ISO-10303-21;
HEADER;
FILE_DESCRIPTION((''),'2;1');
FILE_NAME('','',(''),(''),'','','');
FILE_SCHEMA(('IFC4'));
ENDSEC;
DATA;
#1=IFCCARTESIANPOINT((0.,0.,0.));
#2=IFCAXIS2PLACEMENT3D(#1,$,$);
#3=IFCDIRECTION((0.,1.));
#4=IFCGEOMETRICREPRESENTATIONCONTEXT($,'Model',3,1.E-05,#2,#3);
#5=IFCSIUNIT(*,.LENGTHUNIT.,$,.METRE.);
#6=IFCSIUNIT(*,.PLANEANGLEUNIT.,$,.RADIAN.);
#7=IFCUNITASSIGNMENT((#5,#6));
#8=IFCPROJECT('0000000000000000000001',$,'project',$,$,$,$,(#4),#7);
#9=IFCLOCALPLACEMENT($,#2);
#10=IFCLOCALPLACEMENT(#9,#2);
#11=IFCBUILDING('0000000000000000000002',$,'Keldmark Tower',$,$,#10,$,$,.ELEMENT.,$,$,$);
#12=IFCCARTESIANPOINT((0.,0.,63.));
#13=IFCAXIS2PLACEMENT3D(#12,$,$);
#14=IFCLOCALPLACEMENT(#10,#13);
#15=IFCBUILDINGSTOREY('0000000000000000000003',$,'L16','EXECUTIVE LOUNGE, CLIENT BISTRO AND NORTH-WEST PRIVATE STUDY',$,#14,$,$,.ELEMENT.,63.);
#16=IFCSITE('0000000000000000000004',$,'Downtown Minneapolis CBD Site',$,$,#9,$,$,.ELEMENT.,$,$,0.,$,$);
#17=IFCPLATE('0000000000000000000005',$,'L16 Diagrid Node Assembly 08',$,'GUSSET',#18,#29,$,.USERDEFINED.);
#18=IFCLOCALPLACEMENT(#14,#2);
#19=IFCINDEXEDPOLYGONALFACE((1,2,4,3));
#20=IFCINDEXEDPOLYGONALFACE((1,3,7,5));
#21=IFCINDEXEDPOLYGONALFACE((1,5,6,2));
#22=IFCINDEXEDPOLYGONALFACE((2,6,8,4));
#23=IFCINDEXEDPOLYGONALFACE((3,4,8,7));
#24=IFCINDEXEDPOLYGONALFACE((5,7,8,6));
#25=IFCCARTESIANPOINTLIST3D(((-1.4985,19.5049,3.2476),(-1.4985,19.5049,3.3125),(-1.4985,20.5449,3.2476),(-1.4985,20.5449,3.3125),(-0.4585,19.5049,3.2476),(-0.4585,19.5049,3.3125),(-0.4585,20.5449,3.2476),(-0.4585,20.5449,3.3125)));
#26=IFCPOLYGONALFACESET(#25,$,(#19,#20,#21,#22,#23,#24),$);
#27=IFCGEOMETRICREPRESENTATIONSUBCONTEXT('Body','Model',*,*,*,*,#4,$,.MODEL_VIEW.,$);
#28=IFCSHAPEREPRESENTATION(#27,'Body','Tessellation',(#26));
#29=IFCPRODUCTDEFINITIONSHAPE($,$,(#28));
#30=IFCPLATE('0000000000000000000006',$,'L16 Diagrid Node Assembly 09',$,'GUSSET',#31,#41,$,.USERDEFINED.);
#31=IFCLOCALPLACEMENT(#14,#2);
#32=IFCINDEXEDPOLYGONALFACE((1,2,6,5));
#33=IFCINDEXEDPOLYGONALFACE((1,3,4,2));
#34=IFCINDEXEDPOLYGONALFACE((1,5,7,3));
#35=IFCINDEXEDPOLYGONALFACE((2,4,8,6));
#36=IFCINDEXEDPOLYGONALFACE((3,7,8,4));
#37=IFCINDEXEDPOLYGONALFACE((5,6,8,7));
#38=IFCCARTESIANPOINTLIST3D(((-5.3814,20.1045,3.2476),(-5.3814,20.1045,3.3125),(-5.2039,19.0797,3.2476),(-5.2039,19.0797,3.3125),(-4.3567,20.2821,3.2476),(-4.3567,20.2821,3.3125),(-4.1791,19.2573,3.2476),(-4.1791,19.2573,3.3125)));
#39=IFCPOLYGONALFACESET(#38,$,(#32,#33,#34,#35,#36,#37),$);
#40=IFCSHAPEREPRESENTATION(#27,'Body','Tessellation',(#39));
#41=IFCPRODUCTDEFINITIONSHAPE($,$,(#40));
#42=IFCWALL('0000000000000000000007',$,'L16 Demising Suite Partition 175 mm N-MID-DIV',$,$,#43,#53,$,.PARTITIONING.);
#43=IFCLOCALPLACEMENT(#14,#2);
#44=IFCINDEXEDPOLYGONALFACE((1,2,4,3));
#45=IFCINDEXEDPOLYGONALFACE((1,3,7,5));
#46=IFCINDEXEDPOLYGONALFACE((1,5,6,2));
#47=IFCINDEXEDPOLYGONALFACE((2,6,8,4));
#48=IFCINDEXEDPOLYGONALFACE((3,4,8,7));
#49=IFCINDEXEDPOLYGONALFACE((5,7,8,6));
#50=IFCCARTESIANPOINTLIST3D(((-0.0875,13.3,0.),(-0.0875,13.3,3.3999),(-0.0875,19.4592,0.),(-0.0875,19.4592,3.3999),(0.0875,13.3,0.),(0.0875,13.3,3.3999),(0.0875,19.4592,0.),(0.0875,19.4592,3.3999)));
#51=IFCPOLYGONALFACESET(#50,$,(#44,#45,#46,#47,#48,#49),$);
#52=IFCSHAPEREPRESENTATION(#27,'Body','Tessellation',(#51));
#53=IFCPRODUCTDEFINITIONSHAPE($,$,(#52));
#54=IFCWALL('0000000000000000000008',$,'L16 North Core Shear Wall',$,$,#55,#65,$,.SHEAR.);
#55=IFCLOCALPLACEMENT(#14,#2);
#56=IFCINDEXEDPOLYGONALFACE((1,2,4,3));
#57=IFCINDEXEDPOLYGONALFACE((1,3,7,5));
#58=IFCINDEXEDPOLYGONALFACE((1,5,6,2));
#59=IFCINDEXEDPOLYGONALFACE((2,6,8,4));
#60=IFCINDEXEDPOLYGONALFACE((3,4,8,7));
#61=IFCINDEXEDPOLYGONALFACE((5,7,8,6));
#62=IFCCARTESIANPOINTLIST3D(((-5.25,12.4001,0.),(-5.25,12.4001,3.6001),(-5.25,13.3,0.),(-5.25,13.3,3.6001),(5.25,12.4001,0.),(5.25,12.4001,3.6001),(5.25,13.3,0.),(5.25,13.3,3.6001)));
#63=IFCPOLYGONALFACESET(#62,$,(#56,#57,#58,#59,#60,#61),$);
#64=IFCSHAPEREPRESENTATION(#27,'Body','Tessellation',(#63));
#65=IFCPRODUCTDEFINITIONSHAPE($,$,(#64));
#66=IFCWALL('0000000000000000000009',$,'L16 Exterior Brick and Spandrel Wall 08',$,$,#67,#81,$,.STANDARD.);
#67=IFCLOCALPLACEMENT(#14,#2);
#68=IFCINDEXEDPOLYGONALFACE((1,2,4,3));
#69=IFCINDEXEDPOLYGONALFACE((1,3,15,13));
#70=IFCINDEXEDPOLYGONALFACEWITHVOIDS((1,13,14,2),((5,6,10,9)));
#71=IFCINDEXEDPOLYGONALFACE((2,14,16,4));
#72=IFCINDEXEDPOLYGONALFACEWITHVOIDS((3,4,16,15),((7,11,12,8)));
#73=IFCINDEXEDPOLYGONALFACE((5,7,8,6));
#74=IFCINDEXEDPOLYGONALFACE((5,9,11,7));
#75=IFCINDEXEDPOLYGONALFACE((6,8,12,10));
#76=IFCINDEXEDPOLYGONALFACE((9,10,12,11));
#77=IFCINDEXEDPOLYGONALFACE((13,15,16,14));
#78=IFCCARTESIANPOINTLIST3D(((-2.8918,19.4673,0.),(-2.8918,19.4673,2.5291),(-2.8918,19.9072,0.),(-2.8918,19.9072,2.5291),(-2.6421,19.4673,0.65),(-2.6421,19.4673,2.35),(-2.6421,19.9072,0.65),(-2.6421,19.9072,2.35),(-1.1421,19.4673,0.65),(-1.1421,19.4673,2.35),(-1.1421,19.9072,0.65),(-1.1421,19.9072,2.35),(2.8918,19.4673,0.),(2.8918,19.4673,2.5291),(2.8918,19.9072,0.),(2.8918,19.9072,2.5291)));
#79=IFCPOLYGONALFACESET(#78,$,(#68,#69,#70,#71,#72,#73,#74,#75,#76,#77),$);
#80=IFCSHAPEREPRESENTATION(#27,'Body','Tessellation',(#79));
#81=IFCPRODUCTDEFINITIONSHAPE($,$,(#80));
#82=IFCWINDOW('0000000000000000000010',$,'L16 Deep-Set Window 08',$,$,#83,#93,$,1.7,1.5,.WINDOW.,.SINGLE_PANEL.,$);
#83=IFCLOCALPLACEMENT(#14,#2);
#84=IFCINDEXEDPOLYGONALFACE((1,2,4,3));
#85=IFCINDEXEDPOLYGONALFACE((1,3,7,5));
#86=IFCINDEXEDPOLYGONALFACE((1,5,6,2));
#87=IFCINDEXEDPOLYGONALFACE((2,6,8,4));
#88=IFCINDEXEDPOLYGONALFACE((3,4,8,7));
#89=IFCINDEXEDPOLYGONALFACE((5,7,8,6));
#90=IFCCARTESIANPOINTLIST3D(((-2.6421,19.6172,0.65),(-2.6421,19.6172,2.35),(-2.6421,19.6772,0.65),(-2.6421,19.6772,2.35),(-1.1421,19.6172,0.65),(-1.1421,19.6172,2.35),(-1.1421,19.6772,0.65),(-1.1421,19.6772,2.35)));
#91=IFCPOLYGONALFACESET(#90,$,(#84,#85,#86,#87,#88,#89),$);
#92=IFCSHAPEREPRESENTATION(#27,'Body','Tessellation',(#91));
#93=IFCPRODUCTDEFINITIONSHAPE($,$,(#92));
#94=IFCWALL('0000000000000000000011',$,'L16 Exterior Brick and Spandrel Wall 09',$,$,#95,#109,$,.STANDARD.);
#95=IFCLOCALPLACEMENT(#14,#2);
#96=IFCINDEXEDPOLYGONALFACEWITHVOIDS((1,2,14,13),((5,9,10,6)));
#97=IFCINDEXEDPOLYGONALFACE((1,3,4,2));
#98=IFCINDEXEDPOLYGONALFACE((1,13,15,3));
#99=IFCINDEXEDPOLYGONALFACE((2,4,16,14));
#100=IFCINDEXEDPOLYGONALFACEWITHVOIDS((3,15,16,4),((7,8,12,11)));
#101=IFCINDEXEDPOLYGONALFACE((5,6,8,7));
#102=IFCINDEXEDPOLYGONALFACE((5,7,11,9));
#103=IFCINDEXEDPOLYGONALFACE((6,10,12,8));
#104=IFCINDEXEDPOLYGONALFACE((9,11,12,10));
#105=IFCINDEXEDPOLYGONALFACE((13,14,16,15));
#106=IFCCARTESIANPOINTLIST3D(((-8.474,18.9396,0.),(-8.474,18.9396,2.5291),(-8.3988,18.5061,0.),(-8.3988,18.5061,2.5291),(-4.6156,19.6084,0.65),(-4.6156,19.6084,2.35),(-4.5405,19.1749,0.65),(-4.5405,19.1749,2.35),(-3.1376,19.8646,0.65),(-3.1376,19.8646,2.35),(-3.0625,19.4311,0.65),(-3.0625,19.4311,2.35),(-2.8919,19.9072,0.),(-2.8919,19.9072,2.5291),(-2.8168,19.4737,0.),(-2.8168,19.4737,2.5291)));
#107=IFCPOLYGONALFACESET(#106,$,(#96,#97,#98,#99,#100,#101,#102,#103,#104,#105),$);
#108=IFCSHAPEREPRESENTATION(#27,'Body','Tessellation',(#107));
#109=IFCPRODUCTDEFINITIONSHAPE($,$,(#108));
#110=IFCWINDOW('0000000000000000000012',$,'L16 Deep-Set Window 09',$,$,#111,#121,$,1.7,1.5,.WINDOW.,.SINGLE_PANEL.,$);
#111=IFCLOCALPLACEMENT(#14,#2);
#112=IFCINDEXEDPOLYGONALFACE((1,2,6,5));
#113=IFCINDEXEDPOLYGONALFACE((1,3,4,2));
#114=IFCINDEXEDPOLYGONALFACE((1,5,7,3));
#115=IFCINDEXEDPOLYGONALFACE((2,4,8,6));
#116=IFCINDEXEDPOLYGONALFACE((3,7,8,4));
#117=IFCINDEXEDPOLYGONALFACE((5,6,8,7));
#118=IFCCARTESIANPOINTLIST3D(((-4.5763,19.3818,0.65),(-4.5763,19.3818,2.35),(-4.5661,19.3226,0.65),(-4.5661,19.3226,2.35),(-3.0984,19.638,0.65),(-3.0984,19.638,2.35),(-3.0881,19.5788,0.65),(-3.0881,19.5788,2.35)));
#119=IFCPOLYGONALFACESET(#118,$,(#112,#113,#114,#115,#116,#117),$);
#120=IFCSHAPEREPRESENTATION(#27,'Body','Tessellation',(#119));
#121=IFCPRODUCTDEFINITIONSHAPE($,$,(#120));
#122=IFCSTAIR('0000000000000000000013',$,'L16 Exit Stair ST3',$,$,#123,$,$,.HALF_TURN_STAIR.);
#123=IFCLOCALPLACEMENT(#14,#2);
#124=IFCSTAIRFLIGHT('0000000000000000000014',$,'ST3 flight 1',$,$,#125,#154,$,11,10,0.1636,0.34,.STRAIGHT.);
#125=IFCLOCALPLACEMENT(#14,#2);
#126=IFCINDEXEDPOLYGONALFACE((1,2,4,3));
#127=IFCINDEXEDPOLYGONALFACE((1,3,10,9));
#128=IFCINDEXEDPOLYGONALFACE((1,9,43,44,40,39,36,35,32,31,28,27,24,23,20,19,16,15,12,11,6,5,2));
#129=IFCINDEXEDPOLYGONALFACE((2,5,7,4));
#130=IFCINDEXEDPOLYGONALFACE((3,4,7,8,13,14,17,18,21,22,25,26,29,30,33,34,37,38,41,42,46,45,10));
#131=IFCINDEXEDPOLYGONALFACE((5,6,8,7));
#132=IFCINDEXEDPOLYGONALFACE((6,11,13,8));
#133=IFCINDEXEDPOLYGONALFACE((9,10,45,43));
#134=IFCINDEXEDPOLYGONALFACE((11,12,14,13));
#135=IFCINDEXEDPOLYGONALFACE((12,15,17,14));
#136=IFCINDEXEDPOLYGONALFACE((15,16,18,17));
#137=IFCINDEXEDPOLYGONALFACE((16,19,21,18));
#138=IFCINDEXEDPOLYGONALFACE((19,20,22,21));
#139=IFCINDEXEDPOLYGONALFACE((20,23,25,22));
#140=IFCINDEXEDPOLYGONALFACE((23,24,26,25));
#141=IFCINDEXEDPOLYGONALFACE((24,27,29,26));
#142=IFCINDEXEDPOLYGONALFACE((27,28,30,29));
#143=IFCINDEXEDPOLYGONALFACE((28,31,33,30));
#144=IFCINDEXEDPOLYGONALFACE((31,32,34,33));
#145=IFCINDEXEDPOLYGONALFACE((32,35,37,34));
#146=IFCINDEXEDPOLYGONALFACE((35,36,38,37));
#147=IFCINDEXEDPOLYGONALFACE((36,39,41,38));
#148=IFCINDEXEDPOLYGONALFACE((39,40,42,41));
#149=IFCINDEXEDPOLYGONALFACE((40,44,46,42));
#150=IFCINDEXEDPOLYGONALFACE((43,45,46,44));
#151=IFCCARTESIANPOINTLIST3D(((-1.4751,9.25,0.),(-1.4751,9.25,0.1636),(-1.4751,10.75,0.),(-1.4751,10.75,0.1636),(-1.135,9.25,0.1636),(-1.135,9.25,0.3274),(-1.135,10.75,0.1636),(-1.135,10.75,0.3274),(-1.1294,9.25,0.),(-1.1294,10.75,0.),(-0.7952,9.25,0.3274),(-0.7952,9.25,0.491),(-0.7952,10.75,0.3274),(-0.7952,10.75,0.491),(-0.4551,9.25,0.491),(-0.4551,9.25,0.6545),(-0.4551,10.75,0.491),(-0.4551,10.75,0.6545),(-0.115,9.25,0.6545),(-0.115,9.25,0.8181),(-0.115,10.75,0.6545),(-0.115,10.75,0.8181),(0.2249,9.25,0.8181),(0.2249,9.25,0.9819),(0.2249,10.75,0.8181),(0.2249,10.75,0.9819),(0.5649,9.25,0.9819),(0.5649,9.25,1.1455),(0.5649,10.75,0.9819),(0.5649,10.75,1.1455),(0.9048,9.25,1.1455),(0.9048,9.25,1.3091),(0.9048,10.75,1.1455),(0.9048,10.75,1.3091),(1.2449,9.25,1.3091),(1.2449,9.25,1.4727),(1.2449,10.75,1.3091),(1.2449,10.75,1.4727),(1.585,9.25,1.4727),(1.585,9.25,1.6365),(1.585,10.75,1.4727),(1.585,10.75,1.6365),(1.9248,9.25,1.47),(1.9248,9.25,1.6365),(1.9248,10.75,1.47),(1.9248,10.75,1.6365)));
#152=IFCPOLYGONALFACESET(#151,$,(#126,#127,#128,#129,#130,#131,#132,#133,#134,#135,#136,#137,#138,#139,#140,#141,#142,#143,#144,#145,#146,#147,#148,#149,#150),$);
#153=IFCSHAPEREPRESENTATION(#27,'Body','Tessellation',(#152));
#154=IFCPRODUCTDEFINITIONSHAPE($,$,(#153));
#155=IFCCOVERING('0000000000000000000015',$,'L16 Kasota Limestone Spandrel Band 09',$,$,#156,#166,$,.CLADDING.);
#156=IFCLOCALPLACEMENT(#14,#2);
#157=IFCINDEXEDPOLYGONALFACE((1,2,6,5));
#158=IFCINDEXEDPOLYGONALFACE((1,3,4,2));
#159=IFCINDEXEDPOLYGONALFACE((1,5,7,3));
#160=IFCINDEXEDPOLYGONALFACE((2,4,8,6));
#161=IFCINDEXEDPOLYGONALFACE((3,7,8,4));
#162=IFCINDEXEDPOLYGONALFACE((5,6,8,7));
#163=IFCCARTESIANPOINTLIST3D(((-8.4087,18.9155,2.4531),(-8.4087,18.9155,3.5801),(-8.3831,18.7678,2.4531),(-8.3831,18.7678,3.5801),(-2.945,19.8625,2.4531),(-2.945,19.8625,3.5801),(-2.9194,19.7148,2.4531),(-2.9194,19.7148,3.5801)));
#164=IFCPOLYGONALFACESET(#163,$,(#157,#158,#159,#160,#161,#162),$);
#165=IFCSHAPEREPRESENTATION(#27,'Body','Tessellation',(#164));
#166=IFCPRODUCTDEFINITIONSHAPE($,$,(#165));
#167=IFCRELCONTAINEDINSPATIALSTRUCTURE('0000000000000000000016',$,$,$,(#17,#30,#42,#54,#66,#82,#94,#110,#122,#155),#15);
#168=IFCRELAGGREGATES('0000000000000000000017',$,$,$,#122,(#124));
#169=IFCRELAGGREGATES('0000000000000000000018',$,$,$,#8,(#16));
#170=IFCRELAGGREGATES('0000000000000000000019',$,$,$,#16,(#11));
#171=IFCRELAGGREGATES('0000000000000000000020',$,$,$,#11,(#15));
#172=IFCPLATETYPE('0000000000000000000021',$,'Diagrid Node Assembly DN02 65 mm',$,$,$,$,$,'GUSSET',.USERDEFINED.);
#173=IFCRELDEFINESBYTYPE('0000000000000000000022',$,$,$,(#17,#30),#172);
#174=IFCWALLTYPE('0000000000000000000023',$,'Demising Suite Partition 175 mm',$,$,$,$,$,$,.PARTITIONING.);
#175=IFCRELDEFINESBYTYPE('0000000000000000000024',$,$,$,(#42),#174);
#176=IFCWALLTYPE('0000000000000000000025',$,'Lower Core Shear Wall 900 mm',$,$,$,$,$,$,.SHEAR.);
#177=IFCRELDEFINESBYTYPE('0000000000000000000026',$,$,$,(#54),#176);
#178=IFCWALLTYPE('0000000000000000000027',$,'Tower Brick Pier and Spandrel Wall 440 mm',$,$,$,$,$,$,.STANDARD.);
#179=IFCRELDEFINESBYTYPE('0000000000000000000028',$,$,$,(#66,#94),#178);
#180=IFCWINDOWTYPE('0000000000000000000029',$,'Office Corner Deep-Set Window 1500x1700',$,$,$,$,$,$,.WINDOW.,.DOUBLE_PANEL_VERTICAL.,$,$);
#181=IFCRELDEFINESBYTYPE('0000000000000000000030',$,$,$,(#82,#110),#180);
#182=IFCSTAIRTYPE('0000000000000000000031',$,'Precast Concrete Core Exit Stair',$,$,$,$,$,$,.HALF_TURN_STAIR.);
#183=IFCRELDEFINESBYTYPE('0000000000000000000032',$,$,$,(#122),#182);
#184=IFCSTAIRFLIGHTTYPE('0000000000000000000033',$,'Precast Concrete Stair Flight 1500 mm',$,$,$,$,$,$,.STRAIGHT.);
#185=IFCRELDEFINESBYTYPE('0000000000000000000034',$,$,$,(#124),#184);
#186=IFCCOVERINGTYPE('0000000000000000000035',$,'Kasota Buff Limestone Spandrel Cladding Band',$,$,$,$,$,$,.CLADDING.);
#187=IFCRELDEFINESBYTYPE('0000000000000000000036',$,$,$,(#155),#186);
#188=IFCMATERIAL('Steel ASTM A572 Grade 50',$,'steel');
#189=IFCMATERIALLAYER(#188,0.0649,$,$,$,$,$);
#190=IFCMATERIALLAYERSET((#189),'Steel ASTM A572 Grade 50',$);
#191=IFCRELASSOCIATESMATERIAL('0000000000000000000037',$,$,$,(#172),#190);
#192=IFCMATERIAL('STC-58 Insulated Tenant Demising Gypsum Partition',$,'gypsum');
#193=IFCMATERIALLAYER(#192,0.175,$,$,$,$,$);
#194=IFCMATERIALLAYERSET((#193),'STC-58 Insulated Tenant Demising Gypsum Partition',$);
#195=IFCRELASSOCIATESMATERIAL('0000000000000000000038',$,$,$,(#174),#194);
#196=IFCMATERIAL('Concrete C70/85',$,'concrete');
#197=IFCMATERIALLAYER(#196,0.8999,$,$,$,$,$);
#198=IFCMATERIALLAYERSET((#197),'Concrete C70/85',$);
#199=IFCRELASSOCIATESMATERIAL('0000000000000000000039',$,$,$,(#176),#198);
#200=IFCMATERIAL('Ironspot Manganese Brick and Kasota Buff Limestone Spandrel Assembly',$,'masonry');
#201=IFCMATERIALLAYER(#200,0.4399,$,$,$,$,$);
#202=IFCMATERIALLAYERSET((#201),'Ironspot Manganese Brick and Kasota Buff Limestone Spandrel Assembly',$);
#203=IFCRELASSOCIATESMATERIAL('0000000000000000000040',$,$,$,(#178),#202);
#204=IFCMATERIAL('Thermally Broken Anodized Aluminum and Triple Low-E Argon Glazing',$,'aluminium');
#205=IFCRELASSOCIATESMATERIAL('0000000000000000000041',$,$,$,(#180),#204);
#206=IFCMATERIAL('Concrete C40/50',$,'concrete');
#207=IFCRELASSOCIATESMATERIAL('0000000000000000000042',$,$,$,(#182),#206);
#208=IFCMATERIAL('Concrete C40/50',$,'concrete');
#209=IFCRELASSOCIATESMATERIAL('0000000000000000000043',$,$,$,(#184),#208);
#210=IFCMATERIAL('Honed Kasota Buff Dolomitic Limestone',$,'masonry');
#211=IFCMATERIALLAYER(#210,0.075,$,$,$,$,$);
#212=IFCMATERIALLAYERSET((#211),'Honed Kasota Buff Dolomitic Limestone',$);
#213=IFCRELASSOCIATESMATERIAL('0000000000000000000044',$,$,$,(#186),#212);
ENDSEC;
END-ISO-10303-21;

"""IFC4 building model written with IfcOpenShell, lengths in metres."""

from ifc_helpers import new_model, si_unit, direction, frame, frame_2d, origin, origin_2d, place, context, subcontext, project, spatial, polyline, rectangle, outline, extrude, material, layer, layer_set, type_object, element, fill, aggregate, save


model = new_model("IFC4")

# Units and contexts
model_context = context("Model", 3, precision=1e-05, world=origin(), true_north=direction((0.0, 1.0)))
body_context = subcontext(model_context, "Body", "Model", "MODEL_VIEW")
ifc_project = project(units=[si_unit("LENGTHUNIT", "METRE"), si_unit("PLANEANGLEUNIT", "RADIAN")], contexts=[model_context])

# Site, building, storey
site_placement = place(None, origin())
site = spatial("IfcSite", under=ifc_project, at=site_placement, Name="Downtown Minneapolis CBD Site", CompositionType="ELEMENT", RefElevation=0.0)
building_placement = place(site_placement, origin())
building = spatial("IfcBuilding", under=site, at=building_placement, Name="Keldmark Tower", CompositionType="ELEMENT")
storey_placement = place(building_placement, frame((0.0, 0.0, 63.0)))
storey = spatial("IfcBuildingStorey", under=building, at=storey_placement, Name="L16", Description="EXECUTIVE LOUNGE, CLIENT BISTRO AND NORTH-WEST PRIVATE STUDY", CompositionType="ELEMENT", Elevation=63.0)

# Plates
ifc_material_1 = material(Name="Steel ASTM A572 Grade 50", Category="steel")
ifc_layer_1 = layer(ifc_material_1, 0.0649)
ifc_layer_set_1 = layer_set([ifc_layer_1], Name="Steel ASTM A572 Grade 50")
plate_type_1 = type_object("IfcPlateType", Name="Diagrid Node Assembly DN02 65 mm", ElementType="GUSSET", PredefinedType="USERDEFINED", material=ifc_layer_set_1)
for number, where, z_axis, x_axis, name in (
    (1, (-0.9785, 20.0249, 3.2476), (0.0, 0.0, 1.0), (-1.0, 0.0, 0.0), "L16 Diagrid Node Assembly 08"),
    (2, (-4.7803, 19.6809, 3.2476), (0.0, 0.0, 1.0), (-0.985319, -0.170725, 0.0), "L16 Diagrid Node Assembly 09"),
):
    element("IfcPlate", number, at=place(storey_placement, frame(where, z_axis=z_axis, x_axis=x_axis)), inside=storey, type_object=plate_type_1, Name=name, ObjectType="GUSSET", PredefinedType="USERDEFINED", context=body_context, shape_type="SweptSolid", body=[
        extrude(rectangle(XDim=1.04, YDim=1.04, at=origin_2d()), origin(), (0.0, 0.0, 1.0), 0.0649),
    ])

# Walls
ifc_material_2 = material(Name="STC-58 Insulated Tenant Demising Gypsum Partition", Category="gypsum")
ifc_layer_2 = layer(ifc_material_2, 0.175)
ifc_layer_set_2 = layer_set([ifc_layer_2], Name="STC-58 Insulated Tenant Demising Gypsum Partition")
wall_type_1 = type_object("IfcWallType", Name="Demising Suite Partition 175 mm", PredefinedType="PARTITIONING", material=ifc_layer_set_2)
wall_1_placement = place(storey_placement, frame((0.0, 13.3, 0.0), z_axis=(0.0, 0.0, 1.0), x_axis=(0.0, 1.0, 0.0)))
element("IfcWall", 3, at=wall_1_placement, inside=storey, type_object=wall_type_1, Name="L16 Demising Suite Partition 175 mm N-MID-DIV", PredefinedType="PARTITIONING", context=body_context, shape_type="SweptSolid", body=[
    extrude(rectangle(XDim=6.1592, YDim=0.175, at=frame_2d((3.0796, 0.0))), origin(), (0.0, 0.0, 1.0), 3.3999),
])
ifc_material_3 = material(Name="Concrete C70/85", Category="concrete")
ifc_layer_3 = layer(ifc_material_3, 0.8999)
ifc_layer_set_3 = layer_set([ifc_layer_3], Name="Concrete C70/85")
wall_type_2 = type_object("IfcWallType", Name="Lower Core Shear Wall 900 mm", PredefinedType="SHEAR", material=ifc_layer_set_3)
wall_2_placement = place(storey_placement, frame((-5.25, 12.8501, 0.0), z_axis=(0.0, 0.0, 1.0), x_axis=(1.0, 0.0, 0.0)))
element("IfcWall", 4, at=wall_2_placement, inside=storey, type_object=wall_type_2, Name="L16 North Core Shear Wall", PredefinedType="SHEAR", context=body_context, shape_type="SweptSolid", body=[
    extrude(rectangle(XDim=10.5, YDim=0.8999, at=frame_2d((5.25, 0.0))), origin(), (0.0, 0.0, 1.0), 3.6001),
])

# Walls, openings, windows
ifc_material_4 = material(Name="Ironspot Manganese Brick and Kasota Buff Limestone Spandrel Assembly", Category="masonry")
ifc_layer_4 = layer(ifc_material_4, 0.4399)
ifc_layer_set_4 = layer_set([ifc_layer_4], Name="Ironspot Manganese Brick and Kasota Buff Limestone Spandrel Assembly")
wall_type_3 = type_object("IfcWallType", Name="Tower Brick Pier and Spandrel Wall 440 mm", PredefinedType="STANDARD", material=ifc_layer_set_4)
wall_3_placement = place(storey_placement, frame((-2.8918, 19.6873, 0.0), z_axis=(0.0, 0.0, 1.0), x_axis=(1.0, 0.0, 0.0)))
wall_3 = element("IfcWall", 5, at=wall_3_placement, inside=storey, type_object=wall_type_3, Name="L16 Exterior Brick and Spandrel Wall 08", PredefinedType="STANDARD", context=body_context, shape_type="SweptSolid", body=[
    extrude(rectangle(XDim=5.7837, YDim=0.4399, at=frame_2d((2.8918, 0.0))), origin(), (0.0, 0.0, 1.0), 2.5291),
])
opening_1_placement = place(wall_3_placement, frame((0.2498, 0.0, 0.6499)))
opening_1 = element("IfcOpeningElement", 6, at=opening_1_placement, cuts=wall_3, PredefinedType="OPENING", context=body_context, shape_type="SweptSolid", body=[
    extrude(rectangle(XDim=1.5, YDim=1.7, at=frame_2d((0.75, 0.8501))), frame((0.0, 0.23, 0.0), z_axis=(0.0, -1.0, 0.0), x_axis=(1.0, 0.0, 0.0)), (0.0, 0.0, 1.0), 0.46),
])
ifc_material_5 = material(Name="Thermally Broken Anodized Aluminum and Triple Low-E Argon Glazing", Category="aluminium")
window_type = type_object("IfcWindowType", Name="Office Corner Deep-Set Window 1500x1700", PartitioningType="DOUBLE_PANEL_VERTICAL", PredefinedType="WINDOW", material=ifc_material_5)
window_1_placement = place(opening_1_placement, origin())
window_1 = element("IfcWindow", 7, at=window_1_placement, inside=storey, type_object=window_type, Name="L16 Deep-Set Window 08", OverallHeight=1.7, OverallWidth=1.5, PartitioningType="SINGLE_PANEL", PredefinedType="WINDOW", context=body_context, shape_type="SweptSolid", body=[
    extrude(rectangle(XDim=1.5, YDim=1.7, at=frame_2d((0.75, 0.8501))), frame((0.0, -0.01, 0.0), z_axis=(0.0, -1.0, 0.0), x_axis=(1.0, 0.0, 0.0)), (0.0, 0.0, 1.0), 0.0601),
])
fill(opening_1, window_1)
wall_4_placement = place(storey_placement, frame((-8.4363, 18.7229, 0.0), z_axis=(0.0, 0.0, 1.0), x_axis=(0.985309, 0.170783, 0.0)))
wall_4 = element("IfcWall", 8, at=wall_4_placement, inside=storey, type_object=wall_type_3, Name="L16 Exterior Brick and Spandrel Wall 09", PredefinedType="STANDARD", context=body_context, shape_type="SweptSolid", body=[
    extrude(rectangle(XDim=5.6653, YDim=0.4399, at=frame_2d((2.8325, 0.0))), origin(), (0.0, 0.0, 1.0), 2.5291),
])
opening_2_placement = place(wall_4_placement, frame((3.9158, 0.0, 0.6499)))
opening_2 = element("IfcOpeningElement", 9, at=opening_2_placement, cuts=wall_4, PredefinedType="OPENING", context=body_context, shape_type="SweptSolid", body=[
    extrude(rectangle(XDim=1.5, YDim=1.7, at=frame_2d((0.75, 0.8501))), frame((0.0, 0.23, 0.0), z_axis=(0.0, -1.0, 0.0), x_axis=(1.0, 0.0, 0.0)), (0.0, 0.0, 1.0), 0.46),
])
window_2_placement = place(opening_2_placement, origin())
window_2 = element("IfcWindow", 10, at=window_2_placement, inside=storey, type_object=window_type, Name="L16 Deep-Set Window 09", OverallHeight=1.7, OverallWidth=1.5, PartitioningType="SINGLE_PANEL", PredefinedType="WINDOW", context=body_context, shape_type="SweptSolid", body=[
    extrude(rectangle(XDim=1.5, YDim=1.7, at=frame_2d((0.75, 0.8501))), frame((0.0, -0.01, 0.0), z_axis=(0.0, -1.0, 0.0), x_axis=(1.0, 0.0, 0.0)), (0.0, 0.0, 1.0), 0.0601),
])
fill(opening_2, window_2)

# Stair, stair flight
ifc_material_6 = material(Name="Concrete C40/50", Category="concrete")
stair_type = type_object("IfcStairType", Name="Precast Concrete Core Exit Stair", PredefinedType="HALF_TURN_STAIR", material=ifc_material_6)
stair_placement = place(storey_placement, origin())
stair = element("IfcStair", 11, at=stair_placement, inside=storey, type_object=stair_type, Name="L16 Exit Stair ST3", PredefinedType="HALF_TURN_STAIR")
ifc_material_7 = material(Name="Concrete C40/50", Category="concrete")
stair_flight_type = type_object("IfcStairFlightType", Name="Precast Concrete Stair Flight 1500 mm", PredefinedType="STRAIGHT", material=ifc_material_7)
stair_flight_placement = place(storey_placement, frame((-1.4751, 10.0, 0.0), z_axis=(0.0, 0.0, 1.0), x_axis=(1.0, 0.0, 0.0)))
stair_flight = element("IfcStairFlight", 12, at=stair_flight_placement, type_object=stair_flight_type, Name="ST3 flight 1", NumberOfRisers=11, NumberOfTreads=10, PredefinedType="STRAIGHT", RiserHeight=0.1636, TreadLength=0.34, context=body_context, shape_type="SweptSolid", body=[
    extrude(outline(polyline([(0.0, 0.0), (0.0, 0.1636), (0.3401, 0.1636), (0.3401, 0.3274), (0.6799, 0.3274), (0.6799, 0.491), (1.02, 0.491), (1.02, 0.6545), (1.3601, 0.6545), (1.3601, 0.8181), (1.7, 0.8181), (1.7, 0.9819), (2.04, 0.9819), (2.04, 1.1455), (2.3799, 1.1455), (2.3799, 1.3091), (2.72, 1.3091), (2.72, 1.4727), (3.0601, 1.4727), (3.0601, 1.6365), (3.3999, 1.6365), (3.3999, 1.8), (3.3999, 1.47), (0.3457, 0.0), (0.0, 0.0)])), frame((0.0, 0.75, 0.0), z_axis=(0.0, -1.0, 0.0), x_axis=(1.0, 0.0, 0.0)), (0.0, 0.0, 1.0), 1.5),
])
aggregate(stair, [stair_flight])

# Covering
ifc_material_8 = material(Name="Honed Kasota Buff Dolomitic Limestone", Category="masonry")
ifc_layer_5 = layer(ifc_material_8, 0.075)
ifc_layer_set_5 = layer_set([ifc_layer_5], Name="Honed Kasota Buff Dolomitic Limestone")
covering_type = type_object("IfcCoveringType", Name="Kasota Buff Limestone Spandrel Cladding Band", PredefinedType="CLADDING", material=ifc_layer_set_5)
covering_placement = place(storey_placement, frame((-5.6641, 19.3152, 2.4531), z_axis=(0.0, 0.0, 1.0), x_axis=(-0.98531, -0.170777, 0.0)))
element("IfcCovering", 13, at=covering_placement, inside=storey, type_object=covering_type, Name="L16 Kasota Limestone Spandrel Band 09", PredefinedType="CLADDING", context=body_context, shape_type="SweptSolid", body=[
    extrude(rectangle(XDim=5.5452, YDim=0.1499, at=origin_2d()), origin(), (0.0, 0.0, 1.0), 1.127),
])

save(model, "model.ifc")
